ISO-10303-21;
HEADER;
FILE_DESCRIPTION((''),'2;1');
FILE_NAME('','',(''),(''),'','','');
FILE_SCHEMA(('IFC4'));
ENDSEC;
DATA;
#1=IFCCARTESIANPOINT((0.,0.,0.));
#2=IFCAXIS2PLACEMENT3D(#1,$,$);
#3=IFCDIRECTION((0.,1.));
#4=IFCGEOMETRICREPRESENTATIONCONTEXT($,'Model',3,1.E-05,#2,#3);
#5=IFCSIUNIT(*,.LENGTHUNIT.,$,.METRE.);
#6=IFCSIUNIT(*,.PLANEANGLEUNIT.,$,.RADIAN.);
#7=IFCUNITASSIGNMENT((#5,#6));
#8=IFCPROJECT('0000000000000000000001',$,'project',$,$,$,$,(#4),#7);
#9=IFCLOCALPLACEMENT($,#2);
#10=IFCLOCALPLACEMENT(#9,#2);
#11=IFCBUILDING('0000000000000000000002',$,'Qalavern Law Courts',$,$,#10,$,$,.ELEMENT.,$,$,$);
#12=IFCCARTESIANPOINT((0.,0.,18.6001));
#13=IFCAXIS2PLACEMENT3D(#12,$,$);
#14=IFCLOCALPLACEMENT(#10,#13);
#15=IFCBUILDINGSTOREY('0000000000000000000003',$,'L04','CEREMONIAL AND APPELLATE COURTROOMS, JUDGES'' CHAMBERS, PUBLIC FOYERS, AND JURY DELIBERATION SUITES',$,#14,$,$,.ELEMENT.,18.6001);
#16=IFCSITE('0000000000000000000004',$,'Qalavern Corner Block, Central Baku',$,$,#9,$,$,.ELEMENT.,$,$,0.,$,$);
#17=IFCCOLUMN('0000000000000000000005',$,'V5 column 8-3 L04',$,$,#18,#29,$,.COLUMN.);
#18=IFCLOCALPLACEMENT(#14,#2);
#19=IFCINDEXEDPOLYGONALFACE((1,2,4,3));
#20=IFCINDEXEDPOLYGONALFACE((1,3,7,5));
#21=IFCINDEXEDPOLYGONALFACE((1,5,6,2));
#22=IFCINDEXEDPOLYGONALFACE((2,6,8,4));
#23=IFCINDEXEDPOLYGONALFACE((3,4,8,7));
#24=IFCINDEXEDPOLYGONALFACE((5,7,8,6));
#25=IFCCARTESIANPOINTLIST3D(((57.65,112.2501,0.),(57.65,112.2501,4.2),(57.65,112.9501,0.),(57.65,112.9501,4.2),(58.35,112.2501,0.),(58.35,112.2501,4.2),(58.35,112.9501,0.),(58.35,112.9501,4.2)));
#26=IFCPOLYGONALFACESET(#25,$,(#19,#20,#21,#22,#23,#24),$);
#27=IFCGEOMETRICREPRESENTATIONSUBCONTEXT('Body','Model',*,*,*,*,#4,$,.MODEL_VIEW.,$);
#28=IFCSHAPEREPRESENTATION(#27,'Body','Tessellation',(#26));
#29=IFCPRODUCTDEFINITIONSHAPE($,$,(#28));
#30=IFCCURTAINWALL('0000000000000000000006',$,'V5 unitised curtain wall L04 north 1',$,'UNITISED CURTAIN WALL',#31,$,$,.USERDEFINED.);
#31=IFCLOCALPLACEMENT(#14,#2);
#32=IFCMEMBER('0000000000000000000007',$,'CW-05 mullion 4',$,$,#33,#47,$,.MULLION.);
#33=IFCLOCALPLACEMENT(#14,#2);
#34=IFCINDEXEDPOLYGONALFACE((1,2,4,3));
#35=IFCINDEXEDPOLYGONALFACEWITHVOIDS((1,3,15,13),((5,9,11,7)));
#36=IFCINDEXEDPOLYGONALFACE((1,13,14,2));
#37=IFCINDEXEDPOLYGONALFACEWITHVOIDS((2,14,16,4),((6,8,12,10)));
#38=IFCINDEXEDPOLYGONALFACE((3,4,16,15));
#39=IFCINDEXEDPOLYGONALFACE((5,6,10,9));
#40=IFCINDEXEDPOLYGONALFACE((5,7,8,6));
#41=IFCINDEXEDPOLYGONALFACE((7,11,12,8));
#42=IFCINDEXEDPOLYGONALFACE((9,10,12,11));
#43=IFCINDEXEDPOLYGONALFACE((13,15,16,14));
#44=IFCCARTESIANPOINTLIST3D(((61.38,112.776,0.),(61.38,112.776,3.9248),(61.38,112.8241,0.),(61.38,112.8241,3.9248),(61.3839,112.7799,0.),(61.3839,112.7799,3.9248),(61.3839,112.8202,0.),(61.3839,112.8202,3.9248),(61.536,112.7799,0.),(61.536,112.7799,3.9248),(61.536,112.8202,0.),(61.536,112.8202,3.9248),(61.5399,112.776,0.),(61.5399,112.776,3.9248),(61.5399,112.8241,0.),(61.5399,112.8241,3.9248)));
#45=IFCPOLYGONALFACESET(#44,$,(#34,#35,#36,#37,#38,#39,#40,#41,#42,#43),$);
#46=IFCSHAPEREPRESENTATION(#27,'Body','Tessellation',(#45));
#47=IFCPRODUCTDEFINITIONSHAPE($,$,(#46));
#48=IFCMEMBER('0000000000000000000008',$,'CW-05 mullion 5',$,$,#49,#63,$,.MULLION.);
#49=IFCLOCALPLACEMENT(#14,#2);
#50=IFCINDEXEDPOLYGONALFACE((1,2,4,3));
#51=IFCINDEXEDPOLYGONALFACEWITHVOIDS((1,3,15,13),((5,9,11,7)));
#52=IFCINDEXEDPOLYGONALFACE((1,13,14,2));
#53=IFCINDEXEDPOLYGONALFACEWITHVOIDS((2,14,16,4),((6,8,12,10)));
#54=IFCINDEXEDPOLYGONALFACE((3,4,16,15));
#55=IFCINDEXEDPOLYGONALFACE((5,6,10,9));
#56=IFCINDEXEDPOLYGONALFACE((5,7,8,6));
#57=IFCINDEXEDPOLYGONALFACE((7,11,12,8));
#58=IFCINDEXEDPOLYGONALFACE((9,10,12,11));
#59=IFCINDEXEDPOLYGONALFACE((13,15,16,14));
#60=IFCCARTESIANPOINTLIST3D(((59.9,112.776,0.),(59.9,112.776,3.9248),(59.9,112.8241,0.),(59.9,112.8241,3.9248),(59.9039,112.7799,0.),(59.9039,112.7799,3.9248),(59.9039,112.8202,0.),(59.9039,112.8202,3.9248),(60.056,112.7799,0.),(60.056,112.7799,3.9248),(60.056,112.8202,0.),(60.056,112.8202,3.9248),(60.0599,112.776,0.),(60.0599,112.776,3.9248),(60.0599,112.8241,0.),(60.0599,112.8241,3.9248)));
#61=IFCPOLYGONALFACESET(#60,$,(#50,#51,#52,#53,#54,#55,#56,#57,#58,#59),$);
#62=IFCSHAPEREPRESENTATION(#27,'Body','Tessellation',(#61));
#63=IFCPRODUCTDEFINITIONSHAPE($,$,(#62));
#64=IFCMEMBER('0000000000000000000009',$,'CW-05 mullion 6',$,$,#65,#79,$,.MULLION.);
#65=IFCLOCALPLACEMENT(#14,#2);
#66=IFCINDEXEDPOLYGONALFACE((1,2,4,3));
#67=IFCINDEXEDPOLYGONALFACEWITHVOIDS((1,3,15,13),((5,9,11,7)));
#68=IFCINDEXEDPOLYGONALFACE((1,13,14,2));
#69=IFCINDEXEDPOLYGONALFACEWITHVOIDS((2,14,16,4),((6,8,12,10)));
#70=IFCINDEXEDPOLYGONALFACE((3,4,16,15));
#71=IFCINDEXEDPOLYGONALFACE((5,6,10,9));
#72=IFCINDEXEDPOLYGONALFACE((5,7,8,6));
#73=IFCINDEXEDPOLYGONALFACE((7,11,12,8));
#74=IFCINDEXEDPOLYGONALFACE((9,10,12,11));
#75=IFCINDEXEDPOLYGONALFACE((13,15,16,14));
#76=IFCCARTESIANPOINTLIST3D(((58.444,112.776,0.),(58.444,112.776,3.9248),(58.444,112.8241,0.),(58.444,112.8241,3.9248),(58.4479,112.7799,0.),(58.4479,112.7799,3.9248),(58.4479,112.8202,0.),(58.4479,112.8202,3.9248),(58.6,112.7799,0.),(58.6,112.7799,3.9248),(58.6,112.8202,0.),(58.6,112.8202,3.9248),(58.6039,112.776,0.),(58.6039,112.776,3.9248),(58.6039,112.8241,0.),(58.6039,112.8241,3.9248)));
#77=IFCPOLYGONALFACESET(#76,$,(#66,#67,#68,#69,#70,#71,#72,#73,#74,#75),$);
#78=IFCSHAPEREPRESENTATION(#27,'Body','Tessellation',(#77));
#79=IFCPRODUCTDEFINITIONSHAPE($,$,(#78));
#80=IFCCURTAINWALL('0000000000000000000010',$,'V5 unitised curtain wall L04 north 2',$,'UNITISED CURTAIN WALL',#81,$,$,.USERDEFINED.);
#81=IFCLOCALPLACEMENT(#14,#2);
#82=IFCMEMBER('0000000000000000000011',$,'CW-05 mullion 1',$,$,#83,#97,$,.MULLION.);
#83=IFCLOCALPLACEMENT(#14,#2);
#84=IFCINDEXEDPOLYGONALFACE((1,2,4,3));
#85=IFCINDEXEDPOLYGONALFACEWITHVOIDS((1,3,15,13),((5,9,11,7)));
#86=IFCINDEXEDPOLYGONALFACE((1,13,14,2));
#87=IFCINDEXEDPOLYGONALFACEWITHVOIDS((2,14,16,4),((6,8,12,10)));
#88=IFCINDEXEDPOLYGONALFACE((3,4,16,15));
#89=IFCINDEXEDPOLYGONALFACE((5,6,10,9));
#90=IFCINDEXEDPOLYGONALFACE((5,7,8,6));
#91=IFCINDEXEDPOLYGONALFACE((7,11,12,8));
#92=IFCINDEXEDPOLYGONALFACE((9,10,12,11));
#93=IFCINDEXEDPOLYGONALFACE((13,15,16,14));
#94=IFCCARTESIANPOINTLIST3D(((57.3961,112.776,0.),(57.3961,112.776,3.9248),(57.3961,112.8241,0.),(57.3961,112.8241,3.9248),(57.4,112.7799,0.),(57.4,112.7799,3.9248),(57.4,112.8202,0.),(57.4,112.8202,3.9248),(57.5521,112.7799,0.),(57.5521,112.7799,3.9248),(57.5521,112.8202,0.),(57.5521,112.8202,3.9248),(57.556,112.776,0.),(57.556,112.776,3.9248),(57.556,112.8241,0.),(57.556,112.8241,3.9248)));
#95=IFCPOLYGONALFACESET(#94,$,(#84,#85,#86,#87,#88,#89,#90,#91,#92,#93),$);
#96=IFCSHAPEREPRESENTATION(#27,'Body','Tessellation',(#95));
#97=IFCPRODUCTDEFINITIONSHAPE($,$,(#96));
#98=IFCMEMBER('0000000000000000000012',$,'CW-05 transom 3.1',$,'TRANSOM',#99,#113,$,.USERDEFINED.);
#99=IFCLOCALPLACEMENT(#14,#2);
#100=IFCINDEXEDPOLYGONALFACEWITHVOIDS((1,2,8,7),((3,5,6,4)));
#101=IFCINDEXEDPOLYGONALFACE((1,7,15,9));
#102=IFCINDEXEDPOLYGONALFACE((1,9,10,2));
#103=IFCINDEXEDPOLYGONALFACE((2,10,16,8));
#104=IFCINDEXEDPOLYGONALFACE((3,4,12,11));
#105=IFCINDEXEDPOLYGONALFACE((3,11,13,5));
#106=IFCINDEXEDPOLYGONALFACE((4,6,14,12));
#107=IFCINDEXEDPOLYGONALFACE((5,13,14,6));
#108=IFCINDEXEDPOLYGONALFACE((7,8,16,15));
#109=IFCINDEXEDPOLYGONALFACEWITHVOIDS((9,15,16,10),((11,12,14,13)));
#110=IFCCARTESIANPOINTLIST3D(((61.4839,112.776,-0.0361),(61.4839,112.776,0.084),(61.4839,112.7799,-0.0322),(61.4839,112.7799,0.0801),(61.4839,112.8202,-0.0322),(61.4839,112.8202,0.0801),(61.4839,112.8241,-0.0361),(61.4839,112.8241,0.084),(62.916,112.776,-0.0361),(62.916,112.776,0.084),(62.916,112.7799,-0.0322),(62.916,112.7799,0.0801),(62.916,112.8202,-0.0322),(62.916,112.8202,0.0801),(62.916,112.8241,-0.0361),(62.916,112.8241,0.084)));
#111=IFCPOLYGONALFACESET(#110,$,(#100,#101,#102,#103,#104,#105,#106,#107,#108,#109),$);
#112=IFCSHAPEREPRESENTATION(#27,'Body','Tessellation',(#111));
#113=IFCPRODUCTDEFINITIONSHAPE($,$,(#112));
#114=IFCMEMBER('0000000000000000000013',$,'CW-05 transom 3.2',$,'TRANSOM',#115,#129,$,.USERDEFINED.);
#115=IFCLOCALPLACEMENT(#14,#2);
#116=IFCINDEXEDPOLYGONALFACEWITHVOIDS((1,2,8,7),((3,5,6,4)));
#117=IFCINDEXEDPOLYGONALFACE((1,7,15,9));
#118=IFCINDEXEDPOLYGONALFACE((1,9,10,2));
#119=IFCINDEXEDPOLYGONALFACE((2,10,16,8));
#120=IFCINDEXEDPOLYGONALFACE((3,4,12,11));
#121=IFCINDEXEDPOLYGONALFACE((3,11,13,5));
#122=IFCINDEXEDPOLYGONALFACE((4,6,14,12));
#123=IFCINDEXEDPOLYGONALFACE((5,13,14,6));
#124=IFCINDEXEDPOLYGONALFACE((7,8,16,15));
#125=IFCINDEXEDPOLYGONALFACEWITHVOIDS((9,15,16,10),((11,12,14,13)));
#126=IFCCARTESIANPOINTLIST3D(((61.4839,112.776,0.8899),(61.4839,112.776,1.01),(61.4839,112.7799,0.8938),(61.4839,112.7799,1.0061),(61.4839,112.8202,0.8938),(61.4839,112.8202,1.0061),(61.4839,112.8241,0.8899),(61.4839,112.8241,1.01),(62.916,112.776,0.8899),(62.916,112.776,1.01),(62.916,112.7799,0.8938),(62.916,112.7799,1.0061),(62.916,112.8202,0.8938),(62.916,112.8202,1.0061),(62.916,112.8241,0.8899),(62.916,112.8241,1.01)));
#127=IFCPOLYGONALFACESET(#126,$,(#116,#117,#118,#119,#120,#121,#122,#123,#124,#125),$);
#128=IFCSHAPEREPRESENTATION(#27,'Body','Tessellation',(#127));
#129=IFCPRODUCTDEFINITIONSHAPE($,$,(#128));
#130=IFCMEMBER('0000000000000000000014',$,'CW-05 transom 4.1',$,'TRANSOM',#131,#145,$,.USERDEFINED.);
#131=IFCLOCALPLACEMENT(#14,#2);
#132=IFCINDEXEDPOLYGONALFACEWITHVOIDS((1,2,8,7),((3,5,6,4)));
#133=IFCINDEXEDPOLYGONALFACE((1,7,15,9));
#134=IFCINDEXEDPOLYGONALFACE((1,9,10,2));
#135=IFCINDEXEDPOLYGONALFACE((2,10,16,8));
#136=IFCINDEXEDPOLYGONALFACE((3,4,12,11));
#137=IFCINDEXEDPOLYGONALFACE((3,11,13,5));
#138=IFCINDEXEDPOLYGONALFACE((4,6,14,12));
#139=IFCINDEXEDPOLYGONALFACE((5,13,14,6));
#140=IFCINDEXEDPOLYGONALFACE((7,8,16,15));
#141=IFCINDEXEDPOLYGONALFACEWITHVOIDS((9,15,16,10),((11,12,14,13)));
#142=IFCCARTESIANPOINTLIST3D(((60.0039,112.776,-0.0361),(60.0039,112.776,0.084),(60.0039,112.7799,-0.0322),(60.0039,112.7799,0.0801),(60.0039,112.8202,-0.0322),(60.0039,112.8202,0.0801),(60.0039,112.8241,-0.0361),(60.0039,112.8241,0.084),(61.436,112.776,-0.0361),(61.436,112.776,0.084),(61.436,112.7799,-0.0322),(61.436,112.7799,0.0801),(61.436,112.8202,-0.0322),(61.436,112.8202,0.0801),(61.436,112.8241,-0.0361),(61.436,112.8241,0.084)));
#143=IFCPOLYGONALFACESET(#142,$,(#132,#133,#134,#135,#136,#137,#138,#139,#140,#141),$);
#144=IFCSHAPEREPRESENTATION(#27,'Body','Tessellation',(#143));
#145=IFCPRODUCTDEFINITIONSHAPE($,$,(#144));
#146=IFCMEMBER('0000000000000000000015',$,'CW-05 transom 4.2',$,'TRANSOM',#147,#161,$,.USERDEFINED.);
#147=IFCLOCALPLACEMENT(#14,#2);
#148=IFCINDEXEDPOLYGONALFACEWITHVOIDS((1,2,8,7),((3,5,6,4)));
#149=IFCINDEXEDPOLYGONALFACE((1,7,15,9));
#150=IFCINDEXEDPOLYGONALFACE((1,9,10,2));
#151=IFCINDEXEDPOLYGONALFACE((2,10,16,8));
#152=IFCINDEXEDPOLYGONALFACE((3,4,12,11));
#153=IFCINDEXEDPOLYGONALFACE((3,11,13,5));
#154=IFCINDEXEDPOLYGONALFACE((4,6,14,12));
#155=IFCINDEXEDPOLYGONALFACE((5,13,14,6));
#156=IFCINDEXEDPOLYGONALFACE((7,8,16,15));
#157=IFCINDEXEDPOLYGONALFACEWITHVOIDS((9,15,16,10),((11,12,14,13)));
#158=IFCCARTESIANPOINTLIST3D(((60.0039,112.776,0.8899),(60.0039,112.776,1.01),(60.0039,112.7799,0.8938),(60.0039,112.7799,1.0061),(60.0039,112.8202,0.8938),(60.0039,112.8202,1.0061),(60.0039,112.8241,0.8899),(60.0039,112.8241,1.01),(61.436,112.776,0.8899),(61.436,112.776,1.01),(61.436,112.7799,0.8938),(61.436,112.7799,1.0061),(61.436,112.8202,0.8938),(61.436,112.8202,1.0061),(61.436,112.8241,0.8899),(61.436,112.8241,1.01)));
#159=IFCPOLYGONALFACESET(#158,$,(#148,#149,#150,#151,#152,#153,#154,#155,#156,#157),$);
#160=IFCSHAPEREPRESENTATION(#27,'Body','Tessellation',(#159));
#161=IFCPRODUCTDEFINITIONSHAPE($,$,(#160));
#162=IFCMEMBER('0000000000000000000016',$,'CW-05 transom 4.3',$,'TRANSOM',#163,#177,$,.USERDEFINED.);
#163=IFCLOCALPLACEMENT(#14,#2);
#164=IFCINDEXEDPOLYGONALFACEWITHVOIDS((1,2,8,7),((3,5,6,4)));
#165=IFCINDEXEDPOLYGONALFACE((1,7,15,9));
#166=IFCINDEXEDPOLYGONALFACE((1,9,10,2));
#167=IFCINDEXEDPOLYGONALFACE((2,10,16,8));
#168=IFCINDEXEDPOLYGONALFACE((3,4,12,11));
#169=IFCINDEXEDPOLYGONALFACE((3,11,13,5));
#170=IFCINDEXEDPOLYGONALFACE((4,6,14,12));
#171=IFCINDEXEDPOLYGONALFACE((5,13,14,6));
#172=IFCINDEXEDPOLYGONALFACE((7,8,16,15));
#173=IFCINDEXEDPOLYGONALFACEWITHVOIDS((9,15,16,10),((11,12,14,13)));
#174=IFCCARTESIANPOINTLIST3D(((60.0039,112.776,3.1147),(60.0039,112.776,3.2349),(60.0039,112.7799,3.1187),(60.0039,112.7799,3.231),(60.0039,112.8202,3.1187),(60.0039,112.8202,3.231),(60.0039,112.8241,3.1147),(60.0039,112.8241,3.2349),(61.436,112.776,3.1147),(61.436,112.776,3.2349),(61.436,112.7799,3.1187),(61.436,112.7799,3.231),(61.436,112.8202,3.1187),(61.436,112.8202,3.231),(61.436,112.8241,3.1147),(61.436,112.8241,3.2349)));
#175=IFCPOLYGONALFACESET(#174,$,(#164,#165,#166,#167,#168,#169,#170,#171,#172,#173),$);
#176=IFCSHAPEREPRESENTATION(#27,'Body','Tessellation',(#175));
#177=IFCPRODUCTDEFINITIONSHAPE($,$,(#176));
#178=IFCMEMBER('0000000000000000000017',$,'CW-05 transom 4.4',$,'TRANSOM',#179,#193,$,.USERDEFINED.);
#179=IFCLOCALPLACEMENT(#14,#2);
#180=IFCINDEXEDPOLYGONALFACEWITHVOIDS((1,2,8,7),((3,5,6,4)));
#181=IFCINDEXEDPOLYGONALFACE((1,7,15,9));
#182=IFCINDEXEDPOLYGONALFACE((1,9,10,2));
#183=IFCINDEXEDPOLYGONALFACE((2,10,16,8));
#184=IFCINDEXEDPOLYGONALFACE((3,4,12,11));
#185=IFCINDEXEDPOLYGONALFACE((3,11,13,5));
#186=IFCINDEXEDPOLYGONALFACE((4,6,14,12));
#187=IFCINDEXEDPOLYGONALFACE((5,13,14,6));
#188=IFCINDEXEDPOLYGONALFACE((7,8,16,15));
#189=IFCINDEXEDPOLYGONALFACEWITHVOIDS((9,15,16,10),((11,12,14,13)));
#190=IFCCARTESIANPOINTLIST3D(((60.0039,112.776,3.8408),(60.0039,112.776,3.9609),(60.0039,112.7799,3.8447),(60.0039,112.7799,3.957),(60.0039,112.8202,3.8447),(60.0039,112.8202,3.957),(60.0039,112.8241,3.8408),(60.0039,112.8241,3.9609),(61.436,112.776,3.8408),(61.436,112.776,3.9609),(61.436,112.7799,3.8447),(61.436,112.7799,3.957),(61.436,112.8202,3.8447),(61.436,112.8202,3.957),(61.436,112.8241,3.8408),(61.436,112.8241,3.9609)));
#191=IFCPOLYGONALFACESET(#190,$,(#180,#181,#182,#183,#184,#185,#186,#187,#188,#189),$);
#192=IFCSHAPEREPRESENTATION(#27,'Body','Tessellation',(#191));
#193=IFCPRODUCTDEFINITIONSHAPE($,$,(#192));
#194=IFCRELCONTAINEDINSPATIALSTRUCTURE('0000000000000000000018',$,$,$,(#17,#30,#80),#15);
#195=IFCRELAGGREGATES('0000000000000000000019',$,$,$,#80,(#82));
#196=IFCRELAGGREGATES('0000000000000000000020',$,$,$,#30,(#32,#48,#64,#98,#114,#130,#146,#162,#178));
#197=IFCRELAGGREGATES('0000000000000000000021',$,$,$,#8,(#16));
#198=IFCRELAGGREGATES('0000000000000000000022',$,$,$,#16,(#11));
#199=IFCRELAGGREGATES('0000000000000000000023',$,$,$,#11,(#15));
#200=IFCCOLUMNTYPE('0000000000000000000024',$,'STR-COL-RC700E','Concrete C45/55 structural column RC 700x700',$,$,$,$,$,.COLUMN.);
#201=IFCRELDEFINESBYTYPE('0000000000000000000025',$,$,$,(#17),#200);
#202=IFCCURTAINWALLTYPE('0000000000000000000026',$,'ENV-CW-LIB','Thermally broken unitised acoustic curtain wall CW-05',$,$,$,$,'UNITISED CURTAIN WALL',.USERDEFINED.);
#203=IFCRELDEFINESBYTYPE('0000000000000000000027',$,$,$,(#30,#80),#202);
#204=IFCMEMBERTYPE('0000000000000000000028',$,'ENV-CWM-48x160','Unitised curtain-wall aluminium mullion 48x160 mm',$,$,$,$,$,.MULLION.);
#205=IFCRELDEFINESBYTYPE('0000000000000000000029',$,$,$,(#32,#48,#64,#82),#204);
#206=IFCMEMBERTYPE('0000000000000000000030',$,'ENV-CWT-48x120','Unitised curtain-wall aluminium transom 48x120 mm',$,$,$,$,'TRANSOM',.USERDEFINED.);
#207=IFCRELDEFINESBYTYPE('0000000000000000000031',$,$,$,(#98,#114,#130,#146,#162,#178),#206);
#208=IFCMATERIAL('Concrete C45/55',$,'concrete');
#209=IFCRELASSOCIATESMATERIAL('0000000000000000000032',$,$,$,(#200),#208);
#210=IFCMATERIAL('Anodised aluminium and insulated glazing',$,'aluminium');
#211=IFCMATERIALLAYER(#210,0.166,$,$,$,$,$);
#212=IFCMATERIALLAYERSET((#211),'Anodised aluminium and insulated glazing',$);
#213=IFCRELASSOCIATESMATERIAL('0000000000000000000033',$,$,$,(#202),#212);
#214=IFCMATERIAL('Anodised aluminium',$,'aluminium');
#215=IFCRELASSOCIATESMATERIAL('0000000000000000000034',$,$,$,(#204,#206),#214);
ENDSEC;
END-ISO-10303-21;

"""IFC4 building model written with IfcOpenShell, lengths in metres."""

from ifc_helpers import new_model, si_unit, direction, frame, origin, origin_2d, place, context, subcontext, project, spatial, rectangle, hollow_rectangle, extrude, material, layer, layer_set, material_profile, profile_set, type_object, element, aggregate, save


model = new_model("IFC4")

# Units and contexts
model_context = context("Model", 3, precision=1e-05, world=origin(), true_north=direction((0.0, 1.0)))
body_context = subcontext(model_context, "Body", "Model", "MODEL_VIEW")
ifc_project = project(units=[si_unit("LENGTHUNIT", "METRE"), si_unit("PLANEANGLEUNIT", "RADIAN")], contexts=[model_context])

# Site, building, storey
site_placement = place(None, origin())
site = spatial("IfcSite", under=ifc_project, at=site_placement, Name="Qalavern Corner Block, Central Baku", CompositionType="ELEMENT", RefElevation=0.0)
building_placement = place(site_placement, origin())
building = spatial("IfcBuilding", under=site, at=building_placement, Name="Qalavern Law Courts", CompositionType="ELEMENT")
storey_placement = place(building_placement, frame((0.0, 0.0, 18.6001)))
storey = spatial("IfcBuildingStorey", under=building, at=storey_placement, Name="L04", Description="CEREMONIAL AND APPELLATE COURTROOMS, JUDGES' CHAMBERS, PUBLIC FOYERS, AND JURY DELIBERATION SUITES", CompositionType="ELEMENT", Elevation=18.6001)

# Column
ifc_material_1 = material(Name="Concrete C45/55", Category="concrete")
ifc_material_profile_1 = material_profile(ifc_material_1, rectangle(XDim=0.7, YDim=0.7, at=origin_2d()), Name="RC 700x700")
ifc_profile_set_1 = profile_set([ifc_material_profile_1], Name="Concrete C45/55")
column_type = type_object("IfcColumnType", Name="STR-COL-RC700E", Description="Concrete C45/55 structural column RC 700x700", PredefinedType="COLUMN", material=ifc_profile_set_1)
column_placement = place(storey_placement, frame((58.0, 112.6001, 0.0), z_axis=(0.0, 0.0, 1.0), x_axis=(1.0, 0.0, 0.0)))
element("IfcColumn", 1, at=column_placement, inside=storey, type_object=column_type, Name="V5 column 8-3 L04", PredefinedType="COLUMN", context=body_context, shape_type="SweptSolid", body=[
    extrude(rectangle(XDim=0.7, YDim=0.7, at=origin_2d()), origin(), (0.0, 0.0, 1.0), 4.2),
])

# Curtain wall, members
ifc_material_2 = material(Name="Anodised aluminium and insulated glazing", Category="aluminium")
ifc_layer_1 = layer(ifc_material_2, 0.166)
ifc_layer_set_1 = layer_set([ifc_layer_1], Name="Anodised aluminium and insulated glazing")
curtain_wall_type = type_object("IfcCurtainWallType", Name="ENV-CW-LIB", Description="Thermally broken unitised acoustic curtain wall CW-05", ElementType="UNITISED CURTAIN WALL", PredefinedType="USERDEFINED", material=ifc_layer_set_1)
curtain_wall_1_placement = place(storey_placement, origin())
curtain_wall_1 = element("IfcCurtainWall", 2, at=curtain_wall_1_placement, inside=storey, type_object=curtain_wall_type, Name="V5 unitised curtain wall L04 north 1", ObjectType="UNITISED CURTAIN WALL", PredefinedType="USERDEFINED")
ifc_material_3 = material(Name="Anodised aluminium", Category="aluminium")
ifc_material_profile_2 = material_profile(ifc_material_3, hollow_rectangle(XDim=0.0481, YDim=0.1599, WallThickness=0.0039, at=origin_2d()), Name="ALU MULLION 48x160")
ifc_profile_set_2 = profile_set([ifc_material_profile_2], Name="Anodised aluminium")
member_type_1 = type_object("IfcMemberType", Name="ENV-CWM-48x160", Description="Unitised curtain-wall aluminium mullion 48x160 mm", PredefinedType="MULLION", material=ifc_profile_set_2)
member_1_placement = place(storey_placement, frame((61.46, 112.8, 0.0), z_axis=(0.0, 0.0, 1.0), x_axis=(0.0, -1.0, 0.0)))
member_1 = element("IfcMember", 3, at=member_1_placement, type_object=member_type_1, Name="CW-05 mullion 4", PredefinedType="MULLION", context=body_context, shape_type="SweptSolid", body=[
    extrude(hollow_rectangle(XDim=0.0481, YDim=0.1599, WallThickness=0.0039, at=origin_2d()), origin(), (0.0, 0.0, 1.0), 3.9248),
])
member_2_placement = place(storey_placement, frame((59.98, 112.8, 0.0), z_axis=(0.0, 0.0, 1.0), x_axis=(0.0, -1.0, 0.0)))
member_2 = element("IfcMember", 4, at=member_2_placement, type_object=member_type_1, Name="CW-05 mullion 5", PredefinedType="MULLION", context=body_context, shape_type="SweptSolid", body=[
    extrude(hollow_rectangle(XDim=0.0481, YDim=0.1599, WallThickness=0.0039, at=origin_2d()), origin(), (0.0, 0.0, 1.0), 3.9248),
])
member_3_placement = place(storey_placement, frame((58.5239, 112.8, 0.0), z_axis=(0.0, 0.0, 1.0), x_axis=(0.0, -1.0, 0.0)))
member_3 = element("IfcMember", 5, at=member_3_placement, type_object=member_type_1, Name="CW-05 mullion 6", PredefinedType="MULLION", context=body_context, shape_type="SweptSolid", body=[
    extrude(hollow_rectangle(XDim=0.0481, YDim=0.1599, WallThickness=0.0039, at=origin_2d()), origin(), (0.0, 0.0, 1.0), 3.9248),
])

# Curtain wall, member
curtain_wall_2_placement = place(storey_placement, origin())
curtain_wall_2 = element("IfcCurtainWall", 6, at=curtain_wall_2_placement, inside=storey, type_object=curtain_wall_type, Name="V5 unitised curtain wall L04 north 2", ObjectType="UNITISED CURTAIN WALL", PredefinedType="USERDEFINED")
member_4_placement = place(storey_placement, frame((57.4761, 112.8, 0.0), z_axis=(0.0, 0.0, 1.0), x_axis=(0.0, -1.0, 0.0)))
member_4 = element("IfcMember", 7, at=member_4_placement, type_object=member_type_1, Name="CW-05 mullion 1", PredefinedType="MULLION", context=body_context, shape_type="SweptSolid", body=[
    extrude(hollow_rectangle(XDim=0.0481, YDim=0.1599, WallThickness=0.0039, at=origin_2d()), origin(), (0.0, 0.0, 1.0), 3.9248),
])

# Members
ifc_material_profile_3 = material_profile(ifc_material_3, hollow_rectangle(XDim=0.0481, YDim=0.1201, WallThickness=0.0039, at=origin_2d()), Name="ALU TRANSOM 48x120")
ifc_profile_set_3 = profile_set([ifc_material_profile_3], Name="Anodised aluminium")
member_type_2 = type_object("IfcMemberType", Name="ENV-CWT-48x120", Description="Unitised curtain-wall aluminium transom 48x120 mm", ElementType="TRANSOM", PredefinedType="USERDEFINED", material=ifc_profile_set_3)
member_5_placement = place(storey_placement, frame((62.916, 112.8, 0.0239), z_axis=(-1.0, 0.0, 0.0), x_axis=(0.0, -1.0, 0.0)))
member_5 = element("IfcMember", 8, at=member_5_placement, type_object=member_type_2, Name="CW-05 transom 3.1", ObjectType="TRANSOM", PredefinedType="USERDEFINED", context=body_context, shape_type="SweptSolid", body=[
    extrude(hollow_rectangle(XDim=0.0481, YDim=0.1201, WallThickness=0.0039, at=origin_2d()), origin(), (0.0, 0.0, 1.0), 1.4321),
])
member_6_placement = place(storey_placement, frame((62.916, 112.8, 0.95), z_axis=(-1.0, 0.0, 0.0), x_axis=(0.0, -1.0, 0.0)))
member_6 = element("IfcMember", 9, at=member_6_placement, type_object=member_type_2, Name="CW-05 transom 3.2", ObjectType="TRANSOM", PredefinedType="USERDEFINED", context=body_context, shape_type="SweptSolid", body=[
    extrude(hollow_rectangle(XDim=0.0481, YDim=0.1201, WallThickness=0.0039, at=origin_2d()), origin(), (0.0, 0.0, 1.0), 1.4321),
])
member_7_placement = place(storey_placement, frame((61.436, 112.8, 0.0239), z_axis=(-1.0, 0.0, 0.0), x_axis=(0.0, -1.0, 0.0)))
member_7 = element("IfcMember", 10, at=member_7_placement, type_object=member_type_2, Name="CW-05 transom 4.1", ObjectType="TRANSOM", PredefinedType="USERDEFINED", context=body_context, shape_type="SweptSolid", body=[
    extrude(hollow_rectangle(XDim=0.0481, YDim=0.1201, WallThickness=0.0039, at=origin_2d()), origin(), (0.0, 0.0, 1.0), 1.4321),
])
member_8_placement = place(storey_placement, frame((61.436, 112.8, 0.95), z_axis=(-1.0, 0.0, 0.0), x_axis=(0.0, -1.0, 0.0)))
member_8 = element("IfcMember", 11, at=member_8_placement, type_object=member_type_2, Name="CW-05 transom 4.2", ObjectType="TRANSOM", PredefinedType="USERDEFINED", context=body_context, shape_type="SweptSolid", body=[
    extrude(hollow_rectangle(XDim=0.0481, YDim=0.1201, WallThickness=0.0039, at=origin_2d()), origin(), (0.0, 0.0, 1.0), 1.4321),
])
member_9_placement = place(storey_placement, frame((61.436, 112.8, 3.1748), z_axis=(-1.0, 0.0, 0.0), x_axis=(0.0, -1.0, 0.0)))
member_9 = element("IfcMember", 12, at=member_9_placement, type_object=member_type_2, Name="CW-05 transom 4.3", ObjectType="TRANSOM", PredefinedType="USERDEFINED", context=body_context, shape_type="SweptSolid", body=[
    extrude(hollow_rectangle(XDim=0.0481, YDim=0.1201, WallThickness=0.0039, at=origin_2d()), origin(), (0.0, 0.0, 1.0), 1.4321),
])
member_10_placement = place(storey_placement, frame((61.436, 112.8, 3.9009), z_axis=(-1.0, 0.0, 0.0), x_axis=(0.0, -1.0, 0.0)))
member_10 = element("IfcMember", 13, at=member_10_placement, type_object=member_type_2, Name="CW-05 transom 4.4", ObjectType="TRANSOM", PredefinedType="USERDEFINED", context=body_context, shape_type="SweptSolid", body=[
    extrude(hollow_rectangle(XDim=0.0481, YDim=0.1201, WallThickness=0.0039, at=origin_2d()), origin(), (0.0, 0.0, 1.0), 1.4321),
])
aggregate(curtain_wall_2, [member_4])

aggregate(curtain_wall_1, [member_1, member_2, member_3, member_5, member_6, member_7, member_8, member_9, member_10])

save(model, "model.ifc")
